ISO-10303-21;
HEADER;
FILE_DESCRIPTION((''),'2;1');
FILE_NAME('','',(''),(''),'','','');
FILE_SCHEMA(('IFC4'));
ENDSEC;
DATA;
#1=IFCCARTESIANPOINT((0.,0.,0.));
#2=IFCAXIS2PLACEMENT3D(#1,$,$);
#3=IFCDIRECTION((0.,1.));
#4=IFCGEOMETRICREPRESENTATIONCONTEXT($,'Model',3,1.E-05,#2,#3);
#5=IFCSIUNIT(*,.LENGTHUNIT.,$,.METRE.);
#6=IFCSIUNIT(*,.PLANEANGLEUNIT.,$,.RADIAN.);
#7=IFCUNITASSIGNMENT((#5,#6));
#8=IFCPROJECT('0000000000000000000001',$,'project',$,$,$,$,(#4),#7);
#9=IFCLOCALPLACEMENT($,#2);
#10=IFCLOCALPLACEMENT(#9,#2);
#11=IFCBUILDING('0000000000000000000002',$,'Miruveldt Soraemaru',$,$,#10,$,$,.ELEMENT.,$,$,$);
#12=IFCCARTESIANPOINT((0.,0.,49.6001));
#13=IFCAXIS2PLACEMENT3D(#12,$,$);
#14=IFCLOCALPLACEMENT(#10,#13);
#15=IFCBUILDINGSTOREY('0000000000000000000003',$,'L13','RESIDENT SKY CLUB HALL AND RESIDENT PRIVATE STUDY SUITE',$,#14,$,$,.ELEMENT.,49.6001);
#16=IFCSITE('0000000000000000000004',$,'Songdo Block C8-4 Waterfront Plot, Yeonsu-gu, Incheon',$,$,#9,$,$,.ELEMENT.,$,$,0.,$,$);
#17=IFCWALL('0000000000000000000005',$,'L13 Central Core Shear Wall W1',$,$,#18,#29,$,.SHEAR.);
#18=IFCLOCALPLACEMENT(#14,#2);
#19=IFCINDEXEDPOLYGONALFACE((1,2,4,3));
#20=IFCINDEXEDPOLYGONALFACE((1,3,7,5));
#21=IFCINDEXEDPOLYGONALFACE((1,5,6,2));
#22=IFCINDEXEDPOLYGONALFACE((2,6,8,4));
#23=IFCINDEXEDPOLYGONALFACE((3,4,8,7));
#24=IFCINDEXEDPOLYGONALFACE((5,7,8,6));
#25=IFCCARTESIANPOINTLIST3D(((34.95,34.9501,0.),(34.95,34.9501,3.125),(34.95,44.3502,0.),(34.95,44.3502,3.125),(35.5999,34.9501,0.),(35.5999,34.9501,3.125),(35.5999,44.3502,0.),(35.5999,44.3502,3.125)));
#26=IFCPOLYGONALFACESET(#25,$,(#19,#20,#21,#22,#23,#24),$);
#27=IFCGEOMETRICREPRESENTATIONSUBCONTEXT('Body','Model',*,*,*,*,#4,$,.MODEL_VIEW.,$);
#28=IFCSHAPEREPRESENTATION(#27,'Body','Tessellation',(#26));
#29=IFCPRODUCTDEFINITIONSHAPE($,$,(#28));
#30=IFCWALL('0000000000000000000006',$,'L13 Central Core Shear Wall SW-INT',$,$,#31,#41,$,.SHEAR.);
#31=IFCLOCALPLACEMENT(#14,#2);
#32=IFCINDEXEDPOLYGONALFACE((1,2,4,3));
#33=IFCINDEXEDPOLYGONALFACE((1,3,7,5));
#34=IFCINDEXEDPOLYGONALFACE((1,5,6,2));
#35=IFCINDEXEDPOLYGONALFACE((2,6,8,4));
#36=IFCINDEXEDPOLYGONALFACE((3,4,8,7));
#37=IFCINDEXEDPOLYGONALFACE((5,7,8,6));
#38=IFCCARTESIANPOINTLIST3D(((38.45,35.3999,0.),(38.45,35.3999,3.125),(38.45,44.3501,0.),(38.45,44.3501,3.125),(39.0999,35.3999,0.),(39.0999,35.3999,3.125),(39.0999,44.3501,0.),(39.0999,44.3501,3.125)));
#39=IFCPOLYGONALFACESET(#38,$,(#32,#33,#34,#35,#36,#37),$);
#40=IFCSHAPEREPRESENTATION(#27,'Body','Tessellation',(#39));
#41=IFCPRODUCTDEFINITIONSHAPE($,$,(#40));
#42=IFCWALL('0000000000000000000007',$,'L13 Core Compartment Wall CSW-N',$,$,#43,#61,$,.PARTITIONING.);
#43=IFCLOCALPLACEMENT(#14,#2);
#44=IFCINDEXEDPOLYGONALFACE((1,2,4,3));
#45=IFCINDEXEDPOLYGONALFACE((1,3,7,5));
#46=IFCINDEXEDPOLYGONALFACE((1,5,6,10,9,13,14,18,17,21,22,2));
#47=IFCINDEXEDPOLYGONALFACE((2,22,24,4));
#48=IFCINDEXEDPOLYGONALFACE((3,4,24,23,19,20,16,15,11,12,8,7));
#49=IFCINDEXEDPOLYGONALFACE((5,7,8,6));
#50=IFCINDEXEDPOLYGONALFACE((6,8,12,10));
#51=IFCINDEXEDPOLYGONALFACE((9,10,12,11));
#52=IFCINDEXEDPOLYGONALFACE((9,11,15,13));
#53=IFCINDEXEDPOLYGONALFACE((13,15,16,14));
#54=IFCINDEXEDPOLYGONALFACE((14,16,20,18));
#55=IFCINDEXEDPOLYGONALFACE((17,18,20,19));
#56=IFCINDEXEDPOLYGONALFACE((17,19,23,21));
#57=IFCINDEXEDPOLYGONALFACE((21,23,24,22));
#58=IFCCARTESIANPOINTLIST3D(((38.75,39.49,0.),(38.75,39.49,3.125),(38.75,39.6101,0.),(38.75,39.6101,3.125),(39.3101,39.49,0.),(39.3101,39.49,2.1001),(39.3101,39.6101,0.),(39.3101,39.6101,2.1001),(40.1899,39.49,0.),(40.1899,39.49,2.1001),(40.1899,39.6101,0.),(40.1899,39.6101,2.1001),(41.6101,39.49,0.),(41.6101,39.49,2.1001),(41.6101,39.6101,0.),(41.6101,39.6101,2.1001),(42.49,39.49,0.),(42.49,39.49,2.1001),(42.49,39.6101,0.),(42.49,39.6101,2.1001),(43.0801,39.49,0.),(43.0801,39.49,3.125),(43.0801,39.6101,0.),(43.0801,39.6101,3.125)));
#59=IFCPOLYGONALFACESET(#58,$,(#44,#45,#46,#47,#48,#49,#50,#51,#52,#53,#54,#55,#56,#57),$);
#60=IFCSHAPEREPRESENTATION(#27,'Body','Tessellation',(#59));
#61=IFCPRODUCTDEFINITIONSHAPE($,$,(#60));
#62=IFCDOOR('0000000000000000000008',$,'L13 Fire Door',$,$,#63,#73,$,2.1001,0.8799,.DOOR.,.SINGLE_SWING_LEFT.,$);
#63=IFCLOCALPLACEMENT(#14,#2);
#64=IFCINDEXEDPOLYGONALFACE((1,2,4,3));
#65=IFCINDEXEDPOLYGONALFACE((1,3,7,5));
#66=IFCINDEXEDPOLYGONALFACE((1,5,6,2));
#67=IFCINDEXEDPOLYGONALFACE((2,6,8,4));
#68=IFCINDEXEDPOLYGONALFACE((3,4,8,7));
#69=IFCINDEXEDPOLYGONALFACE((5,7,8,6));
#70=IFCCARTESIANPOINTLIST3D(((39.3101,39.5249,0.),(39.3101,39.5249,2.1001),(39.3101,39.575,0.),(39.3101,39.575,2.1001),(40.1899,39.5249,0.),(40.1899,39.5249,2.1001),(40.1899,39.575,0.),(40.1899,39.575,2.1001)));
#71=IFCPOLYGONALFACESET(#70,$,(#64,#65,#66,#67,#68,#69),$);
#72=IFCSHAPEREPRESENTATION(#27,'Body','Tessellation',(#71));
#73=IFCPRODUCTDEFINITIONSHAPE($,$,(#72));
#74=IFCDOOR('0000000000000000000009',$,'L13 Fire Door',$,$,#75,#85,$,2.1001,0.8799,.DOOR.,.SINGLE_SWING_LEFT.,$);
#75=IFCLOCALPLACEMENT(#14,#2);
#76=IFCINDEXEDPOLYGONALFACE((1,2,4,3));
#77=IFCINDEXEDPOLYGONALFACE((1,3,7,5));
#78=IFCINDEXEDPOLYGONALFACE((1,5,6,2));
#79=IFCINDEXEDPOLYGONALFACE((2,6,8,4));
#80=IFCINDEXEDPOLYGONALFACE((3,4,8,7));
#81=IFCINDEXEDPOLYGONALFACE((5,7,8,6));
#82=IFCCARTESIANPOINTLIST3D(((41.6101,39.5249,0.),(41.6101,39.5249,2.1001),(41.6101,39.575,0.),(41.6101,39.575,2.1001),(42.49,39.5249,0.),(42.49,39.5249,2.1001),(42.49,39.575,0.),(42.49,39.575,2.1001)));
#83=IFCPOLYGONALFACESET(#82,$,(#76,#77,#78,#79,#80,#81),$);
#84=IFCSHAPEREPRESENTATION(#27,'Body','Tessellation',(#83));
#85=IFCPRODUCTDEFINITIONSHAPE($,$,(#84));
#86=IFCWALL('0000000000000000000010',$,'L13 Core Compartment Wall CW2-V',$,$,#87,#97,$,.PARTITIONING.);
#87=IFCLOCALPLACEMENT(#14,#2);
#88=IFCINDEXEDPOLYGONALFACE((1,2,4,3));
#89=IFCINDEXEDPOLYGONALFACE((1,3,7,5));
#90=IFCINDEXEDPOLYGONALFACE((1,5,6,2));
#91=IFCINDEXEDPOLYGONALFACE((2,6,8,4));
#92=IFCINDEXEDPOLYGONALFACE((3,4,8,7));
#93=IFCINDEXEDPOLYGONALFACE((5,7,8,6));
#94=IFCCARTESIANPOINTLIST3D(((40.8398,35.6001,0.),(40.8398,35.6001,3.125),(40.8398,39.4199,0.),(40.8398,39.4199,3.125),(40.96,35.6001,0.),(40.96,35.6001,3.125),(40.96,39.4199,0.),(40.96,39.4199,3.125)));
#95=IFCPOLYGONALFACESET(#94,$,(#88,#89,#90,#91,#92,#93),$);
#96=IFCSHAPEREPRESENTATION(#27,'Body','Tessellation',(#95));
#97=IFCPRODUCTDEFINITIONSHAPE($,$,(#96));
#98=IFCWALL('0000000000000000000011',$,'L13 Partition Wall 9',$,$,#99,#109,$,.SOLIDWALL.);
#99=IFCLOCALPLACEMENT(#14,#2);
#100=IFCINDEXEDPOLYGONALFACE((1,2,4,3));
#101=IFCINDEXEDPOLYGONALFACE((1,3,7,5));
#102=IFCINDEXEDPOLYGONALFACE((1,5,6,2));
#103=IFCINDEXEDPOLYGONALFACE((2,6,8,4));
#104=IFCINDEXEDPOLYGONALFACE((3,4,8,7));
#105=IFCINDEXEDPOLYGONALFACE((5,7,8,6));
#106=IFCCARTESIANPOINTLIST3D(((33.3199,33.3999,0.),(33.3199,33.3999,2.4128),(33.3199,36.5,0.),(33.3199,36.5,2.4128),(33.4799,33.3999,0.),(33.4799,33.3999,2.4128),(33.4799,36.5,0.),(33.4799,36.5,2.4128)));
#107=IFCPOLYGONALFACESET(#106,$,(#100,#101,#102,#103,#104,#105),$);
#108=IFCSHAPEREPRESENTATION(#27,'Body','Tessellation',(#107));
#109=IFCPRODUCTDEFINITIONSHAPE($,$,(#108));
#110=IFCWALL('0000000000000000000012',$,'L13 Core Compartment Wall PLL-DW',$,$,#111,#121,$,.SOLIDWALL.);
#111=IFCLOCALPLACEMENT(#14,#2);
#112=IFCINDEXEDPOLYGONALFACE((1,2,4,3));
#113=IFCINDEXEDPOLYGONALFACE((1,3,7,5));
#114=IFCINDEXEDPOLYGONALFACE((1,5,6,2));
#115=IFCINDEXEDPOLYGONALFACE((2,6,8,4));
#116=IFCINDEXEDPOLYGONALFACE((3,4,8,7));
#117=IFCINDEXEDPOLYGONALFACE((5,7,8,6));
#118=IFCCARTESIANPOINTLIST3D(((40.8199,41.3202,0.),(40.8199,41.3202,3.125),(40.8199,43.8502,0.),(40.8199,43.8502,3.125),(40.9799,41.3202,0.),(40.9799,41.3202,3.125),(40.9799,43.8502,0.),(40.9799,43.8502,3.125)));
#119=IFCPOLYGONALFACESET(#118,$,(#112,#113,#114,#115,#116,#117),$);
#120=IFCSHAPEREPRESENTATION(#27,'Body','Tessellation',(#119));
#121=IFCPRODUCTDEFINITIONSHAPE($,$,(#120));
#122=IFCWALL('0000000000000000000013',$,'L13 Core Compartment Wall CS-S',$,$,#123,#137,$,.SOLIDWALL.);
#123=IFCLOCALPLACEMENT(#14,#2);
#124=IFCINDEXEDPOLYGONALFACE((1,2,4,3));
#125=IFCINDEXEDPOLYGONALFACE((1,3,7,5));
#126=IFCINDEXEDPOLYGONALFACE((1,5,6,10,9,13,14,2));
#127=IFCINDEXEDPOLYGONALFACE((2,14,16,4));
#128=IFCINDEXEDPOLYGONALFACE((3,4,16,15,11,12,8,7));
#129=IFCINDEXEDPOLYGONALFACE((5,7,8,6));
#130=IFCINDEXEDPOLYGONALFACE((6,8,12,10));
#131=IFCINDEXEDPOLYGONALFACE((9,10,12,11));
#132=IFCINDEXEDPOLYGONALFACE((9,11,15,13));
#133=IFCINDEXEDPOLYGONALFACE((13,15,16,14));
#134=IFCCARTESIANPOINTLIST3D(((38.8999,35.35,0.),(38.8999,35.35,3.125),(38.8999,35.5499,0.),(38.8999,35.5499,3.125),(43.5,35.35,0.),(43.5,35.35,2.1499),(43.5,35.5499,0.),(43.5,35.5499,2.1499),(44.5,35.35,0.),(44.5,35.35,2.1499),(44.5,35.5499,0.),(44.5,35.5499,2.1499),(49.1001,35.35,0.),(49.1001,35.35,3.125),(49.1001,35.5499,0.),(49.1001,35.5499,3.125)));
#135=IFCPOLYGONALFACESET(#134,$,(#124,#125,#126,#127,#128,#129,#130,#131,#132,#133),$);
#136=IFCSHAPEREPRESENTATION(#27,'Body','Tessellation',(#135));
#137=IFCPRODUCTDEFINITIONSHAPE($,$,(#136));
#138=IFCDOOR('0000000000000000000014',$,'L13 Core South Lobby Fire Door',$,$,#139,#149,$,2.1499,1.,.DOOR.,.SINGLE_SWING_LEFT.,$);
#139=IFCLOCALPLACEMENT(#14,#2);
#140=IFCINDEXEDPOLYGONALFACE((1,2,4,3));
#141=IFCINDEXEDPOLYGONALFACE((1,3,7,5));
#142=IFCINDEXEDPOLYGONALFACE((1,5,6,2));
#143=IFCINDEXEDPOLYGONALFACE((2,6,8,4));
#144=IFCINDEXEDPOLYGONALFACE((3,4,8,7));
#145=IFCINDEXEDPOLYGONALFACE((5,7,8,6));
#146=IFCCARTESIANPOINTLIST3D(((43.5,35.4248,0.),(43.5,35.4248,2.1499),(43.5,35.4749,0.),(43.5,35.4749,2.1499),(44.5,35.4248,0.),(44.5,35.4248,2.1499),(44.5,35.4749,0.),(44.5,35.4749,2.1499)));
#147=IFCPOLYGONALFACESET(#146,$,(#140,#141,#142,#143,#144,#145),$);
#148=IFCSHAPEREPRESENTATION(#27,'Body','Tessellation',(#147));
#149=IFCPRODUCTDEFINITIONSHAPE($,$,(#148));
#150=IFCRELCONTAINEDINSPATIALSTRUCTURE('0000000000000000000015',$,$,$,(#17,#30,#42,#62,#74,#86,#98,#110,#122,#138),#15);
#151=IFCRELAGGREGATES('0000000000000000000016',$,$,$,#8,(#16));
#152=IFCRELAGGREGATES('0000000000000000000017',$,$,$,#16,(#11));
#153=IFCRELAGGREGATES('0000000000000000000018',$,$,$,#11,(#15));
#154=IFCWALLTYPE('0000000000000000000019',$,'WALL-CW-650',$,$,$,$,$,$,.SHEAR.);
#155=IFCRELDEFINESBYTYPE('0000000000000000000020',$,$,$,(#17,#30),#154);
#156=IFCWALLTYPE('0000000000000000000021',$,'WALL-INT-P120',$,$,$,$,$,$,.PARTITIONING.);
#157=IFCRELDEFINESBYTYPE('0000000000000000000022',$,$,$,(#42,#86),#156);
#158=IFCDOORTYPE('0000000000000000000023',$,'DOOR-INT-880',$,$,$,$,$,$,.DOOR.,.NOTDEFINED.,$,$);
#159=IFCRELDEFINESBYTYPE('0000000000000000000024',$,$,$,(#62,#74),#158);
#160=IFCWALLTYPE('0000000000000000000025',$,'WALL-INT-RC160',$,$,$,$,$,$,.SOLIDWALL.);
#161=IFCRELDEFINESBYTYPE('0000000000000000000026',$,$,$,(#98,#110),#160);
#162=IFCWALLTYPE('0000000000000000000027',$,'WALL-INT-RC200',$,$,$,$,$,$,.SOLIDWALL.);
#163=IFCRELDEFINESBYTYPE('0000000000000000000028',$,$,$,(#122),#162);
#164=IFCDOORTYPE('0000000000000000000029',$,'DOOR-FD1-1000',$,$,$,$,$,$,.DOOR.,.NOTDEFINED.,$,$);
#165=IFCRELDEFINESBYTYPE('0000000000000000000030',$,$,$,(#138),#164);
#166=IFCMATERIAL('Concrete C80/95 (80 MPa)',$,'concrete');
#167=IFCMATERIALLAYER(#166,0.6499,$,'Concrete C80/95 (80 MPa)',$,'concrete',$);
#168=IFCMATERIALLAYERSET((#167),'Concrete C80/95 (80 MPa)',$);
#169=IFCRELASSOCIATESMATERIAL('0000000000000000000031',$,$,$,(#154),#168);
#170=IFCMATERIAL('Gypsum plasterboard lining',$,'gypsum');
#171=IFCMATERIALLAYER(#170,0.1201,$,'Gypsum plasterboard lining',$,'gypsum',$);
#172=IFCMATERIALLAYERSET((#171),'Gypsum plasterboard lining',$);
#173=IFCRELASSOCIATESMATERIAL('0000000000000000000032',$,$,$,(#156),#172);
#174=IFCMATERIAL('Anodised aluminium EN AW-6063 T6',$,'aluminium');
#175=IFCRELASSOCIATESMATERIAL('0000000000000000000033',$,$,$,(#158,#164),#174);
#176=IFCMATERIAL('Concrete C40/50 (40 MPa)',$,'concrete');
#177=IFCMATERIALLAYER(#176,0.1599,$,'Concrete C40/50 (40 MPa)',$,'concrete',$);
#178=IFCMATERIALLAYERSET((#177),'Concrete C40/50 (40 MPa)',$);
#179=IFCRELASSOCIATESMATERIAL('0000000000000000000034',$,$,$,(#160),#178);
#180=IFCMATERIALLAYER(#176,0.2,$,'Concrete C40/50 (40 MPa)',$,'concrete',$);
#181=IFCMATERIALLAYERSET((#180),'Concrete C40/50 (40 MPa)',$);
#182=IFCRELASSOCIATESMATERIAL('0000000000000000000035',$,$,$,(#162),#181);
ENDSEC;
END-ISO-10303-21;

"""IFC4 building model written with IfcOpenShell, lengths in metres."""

from ifc_helpers import new_model, si_unit, direction, frame, frame_2d, origin, place, context, subcontext, project, spatial, rectangle, extrude, material, layer, layer_set, type_object, element, fill, save


model = new_model("IFC4")

# Units and contexts
model_context = context("Model", 3, precision=1e-05, world=origin(), true_north=direction((0.0, 1.0)))
body_context = subcontext(model_context, "Body", "Model", "MODEL_VIEW")
ifc_project = project(units=[si_unit("LENGTHUNIT", "METRE"), si_unit("PLANEANGLEUNIT", "RADIAN")], contexts=[model_context])

# Site, building, storey
site_placement = place(None, origin())
site = spatial("IfcSite", under=ifc_project, at=site_placement, Name="Songdo Block C8-4 Waterfront Plot, Yeonsu-gu, Incheon", CompositionType="ELEMENT", RefElevation=0.0)
building_placement = place(site_placement, origin())
building = spatial("IfcBuilding", under=site, at=building_placement, Name="Miruveldt Soraemaru", CompositionType="ELEMENT")
storey_placement = place(building_placement, frame((0.0, 0.0, 49.6001)))
storey = spatial("IfcBuildingStorey", under=building, at=storey_placement, Name="L13", Description="RESIDENT SKY CLUB HALL AND RESIDENT PRIVATE STUDY SUITE", CompositionType="ELEMENT", Elevation=49.6001)

# Walls
ifc_material_1 = material(Name="Concrete C80/95 (80 MPa)", Category="concrete")
ifc_layer_1 = layer(ifc_material_1, 0.6499, Name="Concrete C80/95 (80 MPa)", Category="concrete")
ifc_layer_set_1 = layer_set([ifc_layer_1], Name="Concrete C80/95 (80 MPa)")
wall_type_1 = type_object("IfcWallType", Name="WALL-CW-650", PredefinedType="SHEAR", material=ifc_layer_set_1)
wall_1_placement = place(storey_placement, frame((35.2749, 34.95, 0.0), z_axis=(0.0, 0.0, 1.0), x_axis=(0.0, 1.0, 0.0)))
element("IfcWall", 1, at=wall_1_placement, inside=storey, type_object=wall_type_1, Name="L13 Central Core Shear Wall W1", PredefinedType="SHEAR", context=body_context, shape_type="SweptSolid", body=[
    extrude(rectangle(XDim=9.4001, YDim=0.6499, at=frame_2d((4.7002, 0.0))), origin(), (0.0, 0.0, 1.0), 3.125),
])
wall_2_placement = place(storey_placement, frame((38.7749, 35.3999, 0.0), z_axis=(0.0, 0.0, 1.0), x_axis=(0.0, 1.0, 0.0)))
element("IfcWall", 2, at=wall_2_placement, inside=storey, type_object=wall_type_1, Name="L13 Central Core Shear Wall SW-INT", PredefinedType="SHEAR", context=body_context, shape_type="SweptSolid", body=[
    extrude(rectangle(XDim=8.9502, YDim=0.6499, at=frame_2d((4.4751, 0.0))), origin(), (0.0, 0.0, 1.0), 3.125),
])

# Wall, openings, doors
ifc_material_2 = material(Name="Gypsum plasterboard lining", Category="gypsum")
ifc_layer_2 = layer(ifc_material_2, 0.1201, Name="Gypsum plasterboard lining", Category="gypsum")
ifc_layer_set_2 = layer_set([ifc_layer_2], Name="Gypsum plasterboard lining")
wall_type_2 = type_object("IfcWallType", Name="WALL-INT-P120", PredefinedType="PARTITIONING", material=ifc_layer_set_2)
wall_3_placement = place(storey_placement, frame((38.75, 39.55, 0.0), z_axis=(0.0, 0.0, 1.0), x_axis=(1.0, 0.0, 0.0)))
wall_3 = element("IfcWall", 3, at=wall_3_placement, inside=storey, type_object=wall_type_2, Name="L13 Core Compartment Wall CSW-N", PredefinedType="PARTITIONING", context=body_context, shape_type="SweptSolid", body=[
    extrude(rectangle(XDim=4.3301, YDim=0.1201, at=frame_2d((2.165, 0.0))), origin(), (0.0, 0.0, 1.0), 3.125),
])
opening_1_placement = place(wall_3_placement, frame((0.5601, 0.0, 0.0)))
opening_1 = element("IfcOpeningElement", 4, at=opening_1_placement, cuts=wall_3, PredefinedType="OPENING", context=body_context, shape_type="SweptSolid", body=[
    extrude(rectangle(XDim=0.8799, YDim=2.1001, at=frame_2d((0.4399, 1.05))), frame((0.0, 0.0701, 0.0), z_axis=(0.0, -1.0, 0.0), x_axis=(1.0, 0.0, 0.0)), (0.0, 0.0, 1.0), 0.1401),
])
opening_2_placement = place(wall_3_placement, frame((2.8601, 0.0, 0.0)))
opening_2 = element("IfcOpeningElement", 5, at=opening_2_placement, cuts=wall_3, PredefinedType="OPENING", context=body_context, shape_type="SweptSolid", body=[
    extrude(rectangle(XDim=0.8799, YDim=2.1001, at=frame_2d((0.4399, 1.05))), frame((0.0, 0.0701, 0.0), z_axis=(0.0, -1.0, 0.0), x_axis=(1.0, 0.0, 0.0)), (0.0, 0.0, 1.0), 0.1401),
])
ifc_material_3 = material(Name="Anodised aluminium EN AW-6063 T6", Category="aluminium")
door_type_1 = type_object("IfcDoorType", Name="DOOR-INT-880", OperationType="NOTDEFINED", PredefinedType="DOOR", material=ifc_material_3)
door_1_placement = place(opening_1_placement, origin())
door_1 = element("IfcDoor", 6, at=door_1_placement, inside=storey, type_object=door_type_1, Name="L13 Fire Door", OperationType="SINGLE_SWING_LEFT", OverallHeight=2.1001, OverallWidth=0.8799, PredefinedType="DOOR", context=body_context, shape_type="SweptSolid", body=[
    extrude(rectangle(XDim=0.8799, YDim=2.1001, at=frame_2d((0.4399, 1.05))), frame((0.0, 0.0249, 0.0), z_axis=(0.0, -1.0, 0.0), x_axis=(1.0, 0.0, 0.0)), (0.0, 0.0, 1.0), 0.05),
])
fill(opening_1, door_1)
door_2_placement = place(opening_2_placement, origin())
door_2 = element("IfcDoor", 7, at=door_2_placement, inside=storey, type_object=door_type_1, Name="L13 Fire Door", OperationType="SINGLE_SWING_LEFT", OverallHeight=2.1001, OverallWidth=0.8799, PredefinedType="DOOR", context=body_context, shape_type="SweptSolid", body=[
    extrude(rectangle(XDim=0.8799, YDim=2.1001, at=frame_2d((0.4399, 1.05))), frame((0.0, 0.0249, 0.0), z_axis=(0.0, -1.0, 0.0), x_axis=(1.0, 0.0, 0.0)), (0.0, 0.0, 1.0), 0.05),
])
fill(opening_2, door_2)

# Walls
wall_4_placement = place(storey_placement, frame((40.8999, 35.6001, 0.0), z_axis=(0.0, 0.0, 1.0), x_axis=(0.0, 1.0, 0.0)))
element("IfcWall", 8, at=wall_4_placement, inside=storey, type_object=wall_type_2, Name="L13 Core Compartment Wall CW2-V", PredefinedType="PARTITIONING", context=body_context, shape_type="SweptSolid", body=[
    extrude(rectangle(XDim=3.8198, YDim=0.1201, at=frame_2d((1.9099, 0.0))), origin(), (0.0, 0.0, 1.0), 3.125),
])
ifc_material_4 = material(Name="Concrete C40/50 (40 MPa)", Category="concrete")
ifc_layer_3 = layer(ifc_material_4, 0.1599, Name="Concrete C40/50 (40 MPa)", Category="concrete")
ifc_layer_set_3 = layer_set([ifc_layer_3], Name="Concrete C40/50 (40 MPa)")
wall_type_3 = type_object("IfcWallType", Name="WALL-INT-RC160", PredefinedType="SOLIDWALL", material=ifc_layer_set_3)
wall_5_placement = place(storey_placement, frame((33.3999, 36.5, 0.0), z_axis=(0.0, 0.0, 1.0), x_axis=(0.0, -1.0, 0.0)))
element("IfcWall", 9, at=wall_5_placement, inside=storey, type_object=wall_type_3, Name="L13 Partition Wall 9", PredefinedType="SOLIDWALL", context=body_context, shape_type="SweptSolid", body=[
    extrude(rectangle(XDim=3.1001, YDim=0.1599, at=frame_2d((1.55, 0.0))), origin(), (0.0, 0.0, 1.0), 2.4128),
])
wall_6_placement = place(storey_placement, frame((40.8999, 41.3201, 0.0), z_axis=(0.0, 0.0, 1.0), x_axis=(0.0, 1.0, 0.0)))
element("IfcWall", 10, at=wall_6_placement, inside=storey, type_object=wall_type_3, Name="L13 Core Compartment Wall PLL-DW", PredefinedType="SOLIDWALL", context=body_context, shape_type="SweptSolid", body=[
    extrude(rectangle(XDim=2.53, YDim=0.1599, at=frame_2d((1.2651, 0.0))), origin(), (0.0, 0.0, 1.0), 3.125),
])

# Wall, opening, door
ifc_layer_4 = layer(ifc_material_4, 0.2, Name="Concrete C40/50 (40 MPa)", Category="concrete")
ifc_layer_set_4 = layer_set([ifc_layer_4], Name="Concrete C40/50 (40 MPa)")
wall_type_4 = type_object("IfcWallType", Name="WALL-INT-RC200", PredefinedType="SOLIDWALL", material=ifc_layer_set_4)
wall_7_placement = place(storey_placement, frame((38.8999, 35.45, 0.0), z_axis=(0.0, 0.0, 1.0), x_axis=(1.0, 0.0, 0.0)))
wall_7 = element("IfcWall", 11, at=wall_7_placement, inside=storey, type_object=wall_type_4, Name="L13 Core Compartment Wall CS-S", PredefinedType="SOLIDWALL", context=body_context, shape_type="SweptSolid", body=[
    extrude(rectangle(XDim=10.2002, YDim=0.2, at=frame_2d((5.1001, 0.0))), origin(), (0.0, 0.0, 1.0), 3.125),
])
opening_3_placement = place(wall_7_placement, frame((4.6001, 0.0, 0.0)))
opening_3 = element("IfcOpeningElement", 12, at=opening_3_placement, cuts=wall_7, PredefinedType="OPENING", context=body_context, shape_type="SweptSolid", body=[
    extrude(rectangle(XDim=1.0, YDim=2.1499, at=frame_2d((0.5, 1.075))), frame((0.0, 0.1099, 0.0), z_axis=(0.0, -1.0, 0.0), x_axis=(1.0, 0.0, 0.0)), (0.0, 0.0, 1.0), 0.22),
])
door_type_2 = type_object("IfcDoorType", Name="DOOR-FD1-1000", OperationType="NOTDEFINED", PredefinedType="DOOR", material=ifc_material_3)
door_3_placement = place(opening_3_placement, origin())
door_3 = element("IfcDoor", 13, at=door_3_placement, inside=storey, type_object=door_type_2, Name="L13 Core South Lobby Fire Door", OperationType="SINGLE_SWING_LEFT", OverallHeight=2.1499, OverallWidth=1.0, PredefinedType="DOOR", context=body_context, shape_type="SweptSolid", body=[
    extrude(rectangle(XDim=1.0, YDim=2.1499, at=frame_2d((0.5, 1.075))), frame((0.0, 0.0249, 0.0), z_axis=(0.0, -1.0, 0.0), x_axis=(1.0, 0.0, 0.0)), (0.0, 0.0, 1.0), 0.05),
])
fill(opening_3, door_3)

save(model, "model.ifc")
